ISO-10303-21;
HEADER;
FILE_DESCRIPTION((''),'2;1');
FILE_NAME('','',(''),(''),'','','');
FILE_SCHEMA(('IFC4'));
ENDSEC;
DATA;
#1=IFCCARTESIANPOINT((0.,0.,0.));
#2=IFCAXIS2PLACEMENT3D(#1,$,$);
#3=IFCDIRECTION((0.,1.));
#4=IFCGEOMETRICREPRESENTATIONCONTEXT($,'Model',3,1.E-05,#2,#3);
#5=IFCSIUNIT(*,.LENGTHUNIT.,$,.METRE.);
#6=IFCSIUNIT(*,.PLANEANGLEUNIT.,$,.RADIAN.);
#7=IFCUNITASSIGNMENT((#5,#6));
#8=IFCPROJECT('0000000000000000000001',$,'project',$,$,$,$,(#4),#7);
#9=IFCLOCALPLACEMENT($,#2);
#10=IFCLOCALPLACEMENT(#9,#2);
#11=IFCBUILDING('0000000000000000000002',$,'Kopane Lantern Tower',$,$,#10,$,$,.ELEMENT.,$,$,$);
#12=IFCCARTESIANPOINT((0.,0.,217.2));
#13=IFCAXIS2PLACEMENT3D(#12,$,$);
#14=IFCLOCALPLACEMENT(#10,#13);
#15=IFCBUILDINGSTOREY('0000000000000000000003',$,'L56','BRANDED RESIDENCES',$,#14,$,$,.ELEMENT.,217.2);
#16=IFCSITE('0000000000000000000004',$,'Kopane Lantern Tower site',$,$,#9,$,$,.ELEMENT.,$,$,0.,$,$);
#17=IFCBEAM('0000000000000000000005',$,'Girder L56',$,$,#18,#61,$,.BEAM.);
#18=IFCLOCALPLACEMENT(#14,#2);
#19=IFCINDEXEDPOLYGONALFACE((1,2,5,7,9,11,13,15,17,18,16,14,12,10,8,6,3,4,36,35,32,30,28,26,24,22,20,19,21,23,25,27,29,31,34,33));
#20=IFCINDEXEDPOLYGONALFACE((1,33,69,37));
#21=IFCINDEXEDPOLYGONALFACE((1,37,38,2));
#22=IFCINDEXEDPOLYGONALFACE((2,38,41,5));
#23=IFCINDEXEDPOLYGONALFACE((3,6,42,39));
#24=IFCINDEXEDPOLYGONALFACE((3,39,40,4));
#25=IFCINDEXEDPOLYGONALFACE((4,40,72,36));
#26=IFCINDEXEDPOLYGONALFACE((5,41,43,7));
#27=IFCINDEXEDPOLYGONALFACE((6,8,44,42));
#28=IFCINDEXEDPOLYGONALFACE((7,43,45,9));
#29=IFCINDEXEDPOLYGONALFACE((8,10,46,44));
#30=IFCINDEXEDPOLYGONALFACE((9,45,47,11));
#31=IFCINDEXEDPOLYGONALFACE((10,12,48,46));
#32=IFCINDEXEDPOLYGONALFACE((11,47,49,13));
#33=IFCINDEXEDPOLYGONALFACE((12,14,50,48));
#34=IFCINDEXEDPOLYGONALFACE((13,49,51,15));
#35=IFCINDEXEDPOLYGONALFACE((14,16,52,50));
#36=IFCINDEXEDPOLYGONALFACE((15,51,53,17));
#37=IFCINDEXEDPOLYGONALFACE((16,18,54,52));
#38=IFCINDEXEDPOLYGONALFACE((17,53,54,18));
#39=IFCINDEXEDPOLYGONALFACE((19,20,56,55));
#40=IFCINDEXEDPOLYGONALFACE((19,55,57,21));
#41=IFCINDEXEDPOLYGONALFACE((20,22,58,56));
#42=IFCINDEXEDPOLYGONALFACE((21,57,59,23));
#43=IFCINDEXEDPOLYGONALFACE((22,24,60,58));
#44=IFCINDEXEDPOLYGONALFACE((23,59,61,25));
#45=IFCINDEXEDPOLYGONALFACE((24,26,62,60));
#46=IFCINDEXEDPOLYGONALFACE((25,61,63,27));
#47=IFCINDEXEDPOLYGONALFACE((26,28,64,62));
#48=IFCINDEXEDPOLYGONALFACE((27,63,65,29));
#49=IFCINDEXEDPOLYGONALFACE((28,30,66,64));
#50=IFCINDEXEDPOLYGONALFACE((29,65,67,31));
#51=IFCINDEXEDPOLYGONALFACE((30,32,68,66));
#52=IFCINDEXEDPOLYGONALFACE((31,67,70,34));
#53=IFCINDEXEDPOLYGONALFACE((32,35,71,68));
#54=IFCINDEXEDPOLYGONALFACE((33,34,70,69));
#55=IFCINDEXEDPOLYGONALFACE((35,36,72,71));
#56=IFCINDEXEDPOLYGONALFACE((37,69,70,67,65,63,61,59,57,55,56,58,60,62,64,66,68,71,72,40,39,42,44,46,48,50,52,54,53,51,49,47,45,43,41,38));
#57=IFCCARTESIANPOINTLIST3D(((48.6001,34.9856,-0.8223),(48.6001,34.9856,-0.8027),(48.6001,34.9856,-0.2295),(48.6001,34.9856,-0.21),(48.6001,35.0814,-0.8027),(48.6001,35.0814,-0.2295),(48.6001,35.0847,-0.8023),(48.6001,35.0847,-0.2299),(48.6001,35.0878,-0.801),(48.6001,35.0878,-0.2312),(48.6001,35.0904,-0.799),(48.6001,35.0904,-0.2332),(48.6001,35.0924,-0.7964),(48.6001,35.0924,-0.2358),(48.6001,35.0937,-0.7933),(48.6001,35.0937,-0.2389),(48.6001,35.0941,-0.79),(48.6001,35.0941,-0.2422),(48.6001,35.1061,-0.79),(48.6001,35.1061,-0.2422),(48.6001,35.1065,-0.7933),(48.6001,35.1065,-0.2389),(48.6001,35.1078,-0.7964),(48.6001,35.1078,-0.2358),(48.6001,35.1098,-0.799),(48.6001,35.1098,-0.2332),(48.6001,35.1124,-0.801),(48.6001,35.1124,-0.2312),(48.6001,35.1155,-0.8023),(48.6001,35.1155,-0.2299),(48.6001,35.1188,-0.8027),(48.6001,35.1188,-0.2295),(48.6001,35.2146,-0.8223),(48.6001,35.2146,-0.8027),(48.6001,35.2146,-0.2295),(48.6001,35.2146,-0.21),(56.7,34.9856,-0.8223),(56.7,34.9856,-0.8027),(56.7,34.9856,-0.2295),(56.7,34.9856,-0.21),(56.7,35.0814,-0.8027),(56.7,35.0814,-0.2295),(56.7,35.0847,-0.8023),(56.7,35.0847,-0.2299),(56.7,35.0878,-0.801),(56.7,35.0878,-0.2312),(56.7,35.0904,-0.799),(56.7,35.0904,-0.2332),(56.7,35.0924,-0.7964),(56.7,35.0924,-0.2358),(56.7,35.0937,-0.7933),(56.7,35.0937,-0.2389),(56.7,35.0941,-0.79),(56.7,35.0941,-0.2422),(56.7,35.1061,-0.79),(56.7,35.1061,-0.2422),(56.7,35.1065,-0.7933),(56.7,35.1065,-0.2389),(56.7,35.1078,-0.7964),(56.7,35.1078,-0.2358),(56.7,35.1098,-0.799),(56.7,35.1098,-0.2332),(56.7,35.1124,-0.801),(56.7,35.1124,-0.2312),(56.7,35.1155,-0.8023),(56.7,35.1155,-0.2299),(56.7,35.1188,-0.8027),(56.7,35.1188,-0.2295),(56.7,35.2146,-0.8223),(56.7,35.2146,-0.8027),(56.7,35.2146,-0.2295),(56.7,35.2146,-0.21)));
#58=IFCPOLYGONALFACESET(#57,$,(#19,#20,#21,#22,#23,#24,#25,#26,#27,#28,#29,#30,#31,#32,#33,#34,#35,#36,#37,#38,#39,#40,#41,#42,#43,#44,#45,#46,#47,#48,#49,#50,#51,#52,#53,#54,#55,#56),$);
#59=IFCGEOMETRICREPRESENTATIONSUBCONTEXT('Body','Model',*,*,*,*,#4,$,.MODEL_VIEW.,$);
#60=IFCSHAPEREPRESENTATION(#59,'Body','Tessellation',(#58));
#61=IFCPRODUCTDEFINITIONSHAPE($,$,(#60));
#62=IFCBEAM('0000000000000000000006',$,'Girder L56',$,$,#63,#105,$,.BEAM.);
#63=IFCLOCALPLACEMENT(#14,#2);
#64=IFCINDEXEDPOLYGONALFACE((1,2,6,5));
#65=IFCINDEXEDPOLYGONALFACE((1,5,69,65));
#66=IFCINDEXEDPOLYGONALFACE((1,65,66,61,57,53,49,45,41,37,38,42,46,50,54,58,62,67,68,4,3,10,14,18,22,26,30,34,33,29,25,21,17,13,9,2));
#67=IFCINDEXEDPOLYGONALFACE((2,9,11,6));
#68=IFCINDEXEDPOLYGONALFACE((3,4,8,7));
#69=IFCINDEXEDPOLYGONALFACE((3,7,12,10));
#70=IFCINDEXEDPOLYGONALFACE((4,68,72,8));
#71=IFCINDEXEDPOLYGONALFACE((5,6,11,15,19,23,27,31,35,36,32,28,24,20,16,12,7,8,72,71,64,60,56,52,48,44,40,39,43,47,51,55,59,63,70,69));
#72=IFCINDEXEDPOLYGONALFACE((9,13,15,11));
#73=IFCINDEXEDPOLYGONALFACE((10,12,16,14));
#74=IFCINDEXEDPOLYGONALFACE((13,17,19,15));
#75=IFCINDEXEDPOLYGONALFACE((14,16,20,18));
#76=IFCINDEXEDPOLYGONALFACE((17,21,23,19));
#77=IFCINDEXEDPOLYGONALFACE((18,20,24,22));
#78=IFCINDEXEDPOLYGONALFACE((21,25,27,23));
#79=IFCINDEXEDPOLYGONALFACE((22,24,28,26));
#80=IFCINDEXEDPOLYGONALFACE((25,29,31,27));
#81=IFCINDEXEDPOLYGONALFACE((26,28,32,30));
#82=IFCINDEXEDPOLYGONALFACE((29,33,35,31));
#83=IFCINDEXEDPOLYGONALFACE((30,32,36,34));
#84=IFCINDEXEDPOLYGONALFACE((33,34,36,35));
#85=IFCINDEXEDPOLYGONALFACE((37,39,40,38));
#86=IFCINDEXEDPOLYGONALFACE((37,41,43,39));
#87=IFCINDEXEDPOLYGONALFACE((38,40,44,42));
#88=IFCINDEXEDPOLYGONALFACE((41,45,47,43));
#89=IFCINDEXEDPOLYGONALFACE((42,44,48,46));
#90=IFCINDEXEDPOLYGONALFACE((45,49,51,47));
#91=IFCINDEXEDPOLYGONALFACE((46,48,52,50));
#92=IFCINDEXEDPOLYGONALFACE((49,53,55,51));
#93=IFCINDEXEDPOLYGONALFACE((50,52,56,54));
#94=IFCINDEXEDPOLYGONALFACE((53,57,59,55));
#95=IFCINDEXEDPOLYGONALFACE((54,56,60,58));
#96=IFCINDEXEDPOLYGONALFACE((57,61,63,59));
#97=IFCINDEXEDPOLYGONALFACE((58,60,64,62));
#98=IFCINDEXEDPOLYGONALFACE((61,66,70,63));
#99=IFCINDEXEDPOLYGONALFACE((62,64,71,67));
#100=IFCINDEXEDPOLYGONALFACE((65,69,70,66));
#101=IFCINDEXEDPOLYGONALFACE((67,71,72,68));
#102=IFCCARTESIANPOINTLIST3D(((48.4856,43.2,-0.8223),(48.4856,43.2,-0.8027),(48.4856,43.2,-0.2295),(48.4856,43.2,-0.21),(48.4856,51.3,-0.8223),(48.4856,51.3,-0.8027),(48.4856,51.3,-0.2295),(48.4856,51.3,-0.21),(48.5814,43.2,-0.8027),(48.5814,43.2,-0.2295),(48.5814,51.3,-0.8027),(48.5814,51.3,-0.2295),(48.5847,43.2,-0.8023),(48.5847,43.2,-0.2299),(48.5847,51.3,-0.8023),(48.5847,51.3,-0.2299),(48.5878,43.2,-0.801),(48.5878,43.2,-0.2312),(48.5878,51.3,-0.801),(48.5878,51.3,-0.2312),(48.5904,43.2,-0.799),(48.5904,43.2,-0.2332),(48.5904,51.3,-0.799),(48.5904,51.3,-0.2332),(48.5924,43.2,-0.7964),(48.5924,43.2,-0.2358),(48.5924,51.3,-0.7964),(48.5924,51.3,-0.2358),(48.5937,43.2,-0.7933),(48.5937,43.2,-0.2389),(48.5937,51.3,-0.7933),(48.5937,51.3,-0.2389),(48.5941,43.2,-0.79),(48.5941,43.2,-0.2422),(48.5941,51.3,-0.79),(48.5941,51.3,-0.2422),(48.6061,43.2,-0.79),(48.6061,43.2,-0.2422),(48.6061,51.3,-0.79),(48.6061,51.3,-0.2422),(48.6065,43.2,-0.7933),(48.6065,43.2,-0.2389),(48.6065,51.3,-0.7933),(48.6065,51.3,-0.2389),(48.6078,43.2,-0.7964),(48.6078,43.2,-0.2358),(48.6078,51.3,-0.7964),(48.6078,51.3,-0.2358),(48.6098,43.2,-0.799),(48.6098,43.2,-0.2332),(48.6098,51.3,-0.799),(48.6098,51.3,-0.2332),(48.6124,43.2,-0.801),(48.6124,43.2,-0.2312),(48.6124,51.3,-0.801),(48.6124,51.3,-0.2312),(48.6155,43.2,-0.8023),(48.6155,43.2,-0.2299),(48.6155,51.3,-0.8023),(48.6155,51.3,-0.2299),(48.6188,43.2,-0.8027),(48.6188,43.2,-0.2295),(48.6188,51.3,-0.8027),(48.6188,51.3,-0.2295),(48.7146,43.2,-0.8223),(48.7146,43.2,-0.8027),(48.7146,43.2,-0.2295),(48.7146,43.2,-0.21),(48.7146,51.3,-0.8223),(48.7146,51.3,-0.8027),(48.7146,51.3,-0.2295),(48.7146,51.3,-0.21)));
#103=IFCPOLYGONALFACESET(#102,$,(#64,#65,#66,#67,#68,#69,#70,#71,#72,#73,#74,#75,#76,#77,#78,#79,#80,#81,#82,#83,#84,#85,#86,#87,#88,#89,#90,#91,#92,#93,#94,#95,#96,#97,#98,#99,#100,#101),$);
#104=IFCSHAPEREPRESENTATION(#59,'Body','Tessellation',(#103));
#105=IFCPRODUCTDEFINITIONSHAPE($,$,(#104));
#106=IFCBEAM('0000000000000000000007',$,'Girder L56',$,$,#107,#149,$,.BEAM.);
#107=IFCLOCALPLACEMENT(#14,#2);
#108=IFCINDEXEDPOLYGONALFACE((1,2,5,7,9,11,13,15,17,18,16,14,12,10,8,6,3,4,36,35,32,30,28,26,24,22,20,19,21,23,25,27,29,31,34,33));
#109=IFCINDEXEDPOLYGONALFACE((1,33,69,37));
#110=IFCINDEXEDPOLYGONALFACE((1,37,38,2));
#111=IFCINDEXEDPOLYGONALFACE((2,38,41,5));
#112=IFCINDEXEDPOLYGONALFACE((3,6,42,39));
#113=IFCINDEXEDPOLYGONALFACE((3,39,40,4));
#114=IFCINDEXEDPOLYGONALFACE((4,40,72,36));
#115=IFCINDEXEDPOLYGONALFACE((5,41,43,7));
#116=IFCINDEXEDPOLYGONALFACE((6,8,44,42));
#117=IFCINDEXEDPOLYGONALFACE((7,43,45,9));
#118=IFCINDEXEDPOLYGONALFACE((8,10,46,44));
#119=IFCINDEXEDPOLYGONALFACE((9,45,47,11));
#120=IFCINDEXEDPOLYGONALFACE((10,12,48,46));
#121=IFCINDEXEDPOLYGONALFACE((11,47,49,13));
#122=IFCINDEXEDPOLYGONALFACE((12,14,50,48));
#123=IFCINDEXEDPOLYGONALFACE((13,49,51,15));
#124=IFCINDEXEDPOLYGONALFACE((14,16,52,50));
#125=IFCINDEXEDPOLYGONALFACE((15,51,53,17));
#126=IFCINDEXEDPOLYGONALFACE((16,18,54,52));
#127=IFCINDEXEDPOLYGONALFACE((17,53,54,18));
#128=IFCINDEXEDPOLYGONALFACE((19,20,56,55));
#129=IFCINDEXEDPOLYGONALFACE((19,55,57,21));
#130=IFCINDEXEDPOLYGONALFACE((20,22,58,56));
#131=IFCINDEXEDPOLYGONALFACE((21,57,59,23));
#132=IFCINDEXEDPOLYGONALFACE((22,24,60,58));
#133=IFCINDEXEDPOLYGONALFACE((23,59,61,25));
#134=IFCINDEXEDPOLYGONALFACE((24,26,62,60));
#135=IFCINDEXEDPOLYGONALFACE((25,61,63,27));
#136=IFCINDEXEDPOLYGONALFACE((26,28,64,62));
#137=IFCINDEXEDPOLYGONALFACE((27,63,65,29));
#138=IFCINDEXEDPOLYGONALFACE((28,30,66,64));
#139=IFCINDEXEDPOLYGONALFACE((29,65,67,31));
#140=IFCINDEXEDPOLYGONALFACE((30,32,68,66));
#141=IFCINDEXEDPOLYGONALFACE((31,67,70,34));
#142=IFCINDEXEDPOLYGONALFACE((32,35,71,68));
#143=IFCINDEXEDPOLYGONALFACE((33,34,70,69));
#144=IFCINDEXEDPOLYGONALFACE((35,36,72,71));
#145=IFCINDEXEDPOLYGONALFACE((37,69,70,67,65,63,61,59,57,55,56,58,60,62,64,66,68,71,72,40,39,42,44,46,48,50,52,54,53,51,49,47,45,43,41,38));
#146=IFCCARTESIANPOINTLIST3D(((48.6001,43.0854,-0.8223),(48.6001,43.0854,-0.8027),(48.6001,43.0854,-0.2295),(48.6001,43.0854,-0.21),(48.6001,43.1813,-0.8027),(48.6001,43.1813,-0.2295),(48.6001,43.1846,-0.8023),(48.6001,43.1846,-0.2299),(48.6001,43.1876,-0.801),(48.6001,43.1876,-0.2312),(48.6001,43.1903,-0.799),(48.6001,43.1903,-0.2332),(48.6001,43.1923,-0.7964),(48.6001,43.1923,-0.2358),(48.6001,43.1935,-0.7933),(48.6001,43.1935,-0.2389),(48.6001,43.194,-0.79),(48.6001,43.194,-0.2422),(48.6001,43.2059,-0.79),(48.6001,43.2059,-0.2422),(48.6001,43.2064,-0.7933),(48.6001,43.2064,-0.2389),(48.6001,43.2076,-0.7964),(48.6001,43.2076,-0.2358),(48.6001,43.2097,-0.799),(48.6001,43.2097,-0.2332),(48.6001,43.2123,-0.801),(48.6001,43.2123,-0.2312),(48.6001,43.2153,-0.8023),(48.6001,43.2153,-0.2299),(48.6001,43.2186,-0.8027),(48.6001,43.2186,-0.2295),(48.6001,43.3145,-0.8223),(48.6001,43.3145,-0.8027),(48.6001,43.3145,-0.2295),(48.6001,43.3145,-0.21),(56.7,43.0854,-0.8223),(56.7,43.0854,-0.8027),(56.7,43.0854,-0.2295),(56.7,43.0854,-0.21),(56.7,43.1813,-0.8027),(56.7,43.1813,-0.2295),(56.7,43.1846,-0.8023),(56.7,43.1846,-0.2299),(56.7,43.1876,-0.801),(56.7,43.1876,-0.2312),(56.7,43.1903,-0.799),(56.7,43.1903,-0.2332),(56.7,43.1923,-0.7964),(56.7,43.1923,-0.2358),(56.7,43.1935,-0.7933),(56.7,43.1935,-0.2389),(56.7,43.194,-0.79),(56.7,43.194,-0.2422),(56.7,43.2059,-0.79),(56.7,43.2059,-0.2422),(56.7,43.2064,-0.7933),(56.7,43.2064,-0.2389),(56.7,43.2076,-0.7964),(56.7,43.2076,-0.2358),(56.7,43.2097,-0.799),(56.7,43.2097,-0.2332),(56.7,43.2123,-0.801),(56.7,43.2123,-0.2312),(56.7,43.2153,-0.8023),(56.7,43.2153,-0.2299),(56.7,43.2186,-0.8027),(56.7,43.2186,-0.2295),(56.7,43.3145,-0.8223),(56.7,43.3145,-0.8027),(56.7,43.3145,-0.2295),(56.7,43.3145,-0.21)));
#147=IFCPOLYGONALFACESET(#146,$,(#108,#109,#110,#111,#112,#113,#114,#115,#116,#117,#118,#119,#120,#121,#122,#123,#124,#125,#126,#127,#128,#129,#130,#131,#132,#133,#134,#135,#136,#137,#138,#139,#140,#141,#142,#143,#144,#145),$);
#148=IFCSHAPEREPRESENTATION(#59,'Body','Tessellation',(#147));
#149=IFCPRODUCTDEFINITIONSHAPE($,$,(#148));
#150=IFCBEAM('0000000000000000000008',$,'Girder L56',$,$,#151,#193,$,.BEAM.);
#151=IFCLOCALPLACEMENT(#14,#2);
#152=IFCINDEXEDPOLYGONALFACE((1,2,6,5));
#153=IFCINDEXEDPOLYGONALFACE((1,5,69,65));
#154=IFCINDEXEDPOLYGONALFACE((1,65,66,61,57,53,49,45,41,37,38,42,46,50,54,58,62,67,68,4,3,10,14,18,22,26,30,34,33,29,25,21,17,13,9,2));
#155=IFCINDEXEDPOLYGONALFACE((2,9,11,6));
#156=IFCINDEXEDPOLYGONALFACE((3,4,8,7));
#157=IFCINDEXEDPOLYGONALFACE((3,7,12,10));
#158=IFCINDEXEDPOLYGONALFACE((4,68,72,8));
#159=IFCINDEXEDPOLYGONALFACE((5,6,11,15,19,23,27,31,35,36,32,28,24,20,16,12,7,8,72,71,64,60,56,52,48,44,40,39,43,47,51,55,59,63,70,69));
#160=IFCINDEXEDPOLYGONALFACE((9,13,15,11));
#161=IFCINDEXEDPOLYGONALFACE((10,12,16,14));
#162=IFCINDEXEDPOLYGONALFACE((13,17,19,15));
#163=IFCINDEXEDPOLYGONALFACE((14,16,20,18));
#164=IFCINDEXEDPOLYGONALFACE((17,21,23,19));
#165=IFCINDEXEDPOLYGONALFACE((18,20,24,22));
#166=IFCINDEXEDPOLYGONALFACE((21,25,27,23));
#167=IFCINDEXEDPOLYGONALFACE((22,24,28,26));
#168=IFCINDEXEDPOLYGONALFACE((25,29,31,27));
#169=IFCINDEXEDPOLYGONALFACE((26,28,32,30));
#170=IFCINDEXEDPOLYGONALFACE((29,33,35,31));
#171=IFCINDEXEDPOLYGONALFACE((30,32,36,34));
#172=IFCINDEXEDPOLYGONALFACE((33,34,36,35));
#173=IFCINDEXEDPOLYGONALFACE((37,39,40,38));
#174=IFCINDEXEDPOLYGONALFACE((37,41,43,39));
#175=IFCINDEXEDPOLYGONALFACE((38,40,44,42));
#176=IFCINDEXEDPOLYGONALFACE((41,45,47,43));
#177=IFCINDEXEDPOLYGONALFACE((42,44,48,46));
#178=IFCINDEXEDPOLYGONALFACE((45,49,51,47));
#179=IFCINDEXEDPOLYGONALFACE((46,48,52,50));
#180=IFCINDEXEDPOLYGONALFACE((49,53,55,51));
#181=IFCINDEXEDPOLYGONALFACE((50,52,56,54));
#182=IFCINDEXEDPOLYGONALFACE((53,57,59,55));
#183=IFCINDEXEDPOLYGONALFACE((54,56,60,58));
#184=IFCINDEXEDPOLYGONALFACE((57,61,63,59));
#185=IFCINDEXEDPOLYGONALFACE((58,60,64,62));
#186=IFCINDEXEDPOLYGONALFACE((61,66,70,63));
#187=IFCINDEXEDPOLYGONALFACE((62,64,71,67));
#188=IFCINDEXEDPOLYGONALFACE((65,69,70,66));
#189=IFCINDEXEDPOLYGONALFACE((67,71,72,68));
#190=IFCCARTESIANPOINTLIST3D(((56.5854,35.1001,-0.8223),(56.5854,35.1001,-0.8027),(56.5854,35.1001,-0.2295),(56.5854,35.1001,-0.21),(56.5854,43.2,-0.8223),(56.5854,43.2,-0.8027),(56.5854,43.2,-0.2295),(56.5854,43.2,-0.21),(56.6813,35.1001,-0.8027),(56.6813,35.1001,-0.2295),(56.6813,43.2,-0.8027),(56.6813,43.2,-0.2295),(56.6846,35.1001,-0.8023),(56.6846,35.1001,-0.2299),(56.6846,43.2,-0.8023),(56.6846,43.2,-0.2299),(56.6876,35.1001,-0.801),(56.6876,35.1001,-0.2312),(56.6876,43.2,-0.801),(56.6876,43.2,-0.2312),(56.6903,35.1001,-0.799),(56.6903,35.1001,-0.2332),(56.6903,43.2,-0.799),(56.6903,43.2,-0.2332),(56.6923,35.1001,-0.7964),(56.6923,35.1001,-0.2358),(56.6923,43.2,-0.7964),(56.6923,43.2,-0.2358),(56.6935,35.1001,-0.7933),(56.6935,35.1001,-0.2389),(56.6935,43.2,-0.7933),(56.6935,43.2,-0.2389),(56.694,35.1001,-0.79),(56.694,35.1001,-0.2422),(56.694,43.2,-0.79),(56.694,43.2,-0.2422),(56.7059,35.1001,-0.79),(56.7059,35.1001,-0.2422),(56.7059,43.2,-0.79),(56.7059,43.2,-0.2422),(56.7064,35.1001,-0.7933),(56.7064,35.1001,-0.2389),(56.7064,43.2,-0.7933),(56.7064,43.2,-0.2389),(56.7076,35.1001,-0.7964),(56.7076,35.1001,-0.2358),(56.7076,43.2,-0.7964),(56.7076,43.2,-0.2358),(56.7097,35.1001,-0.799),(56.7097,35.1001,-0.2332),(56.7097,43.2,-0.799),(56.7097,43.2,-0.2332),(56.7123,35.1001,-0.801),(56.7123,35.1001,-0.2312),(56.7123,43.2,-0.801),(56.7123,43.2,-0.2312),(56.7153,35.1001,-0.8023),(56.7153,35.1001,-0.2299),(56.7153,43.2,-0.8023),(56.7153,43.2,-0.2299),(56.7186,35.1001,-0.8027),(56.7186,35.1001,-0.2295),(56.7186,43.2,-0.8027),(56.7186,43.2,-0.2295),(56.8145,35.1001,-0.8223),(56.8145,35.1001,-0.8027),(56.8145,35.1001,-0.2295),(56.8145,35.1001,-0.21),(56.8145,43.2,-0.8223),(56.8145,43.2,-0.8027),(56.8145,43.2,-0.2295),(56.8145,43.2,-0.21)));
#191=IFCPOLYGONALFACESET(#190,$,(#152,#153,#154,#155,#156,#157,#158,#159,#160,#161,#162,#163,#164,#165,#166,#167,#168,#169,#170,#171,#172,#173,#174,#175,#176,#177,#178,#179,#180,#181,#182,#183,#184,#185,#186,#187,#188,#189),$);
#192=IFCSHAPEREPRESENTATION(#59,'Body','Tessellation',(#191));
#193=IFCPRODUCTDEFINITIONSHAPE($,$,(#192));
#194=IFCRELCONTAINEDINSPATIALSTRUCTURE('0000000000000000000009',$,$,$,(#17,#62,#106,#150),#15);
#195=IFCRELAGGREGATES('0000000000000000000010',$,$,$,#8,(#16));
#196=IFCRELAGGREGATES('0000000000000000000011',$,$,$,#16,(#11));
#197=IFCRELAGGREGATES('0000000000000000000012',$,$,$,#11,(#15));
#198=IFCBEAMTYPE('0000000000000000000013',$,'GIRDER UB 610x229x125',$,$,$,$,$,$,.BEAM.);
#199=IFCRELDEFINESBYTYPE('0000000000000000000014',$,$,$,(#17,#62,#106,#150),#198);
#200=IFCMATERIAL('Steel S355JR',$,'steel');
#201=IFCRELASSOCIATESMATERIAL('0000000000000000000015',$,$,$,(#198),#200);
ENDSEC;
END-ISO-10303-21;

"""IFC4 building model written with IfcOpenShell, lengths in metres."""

from ifc_helpers import new_model, si_unit, direction, frame, origin, origin_2d, place, context, subcontext, project, spatial, i_section, extrude, material, material_profile, profile_set, type_object, element, save


model = new_model("IFC4")

# Units and contexts
model_context = context("Model", 3, precision=1e-05, world=origin(), true_north=direction((0.0, 1.0)))
body_context = subcontext(model_context, "Body", "Model", "MODEL_VIEW")
ifc_project = project(units=[si_unit("LENGTHUNIT", "METRE"), si_unit("PLANEANGLEUNIT", "RADIAN")], contexts=[model_context])

# Site, building, storey
site_placement = place(None, origin())
site = spatial("IfcSite", under=ifc_project, at=site_placement, Name="Kopane Lantern Tower site", CompositionType="ELEMENT", RefElevation=0.0)
building_placement = place(site_placement, origin())
building = spatial("IfcBuilding", under=site, at=building_placement, Name="Kopane Lantern Tower", CompositionType="ELEMENT")
storey_placement = place(building_placement, frame((0.0, 0.0, 217.2)))
storey = spatial("IfcBuildingStorey", under=building, at=storey_placement, Name="L56", Description="BRANDED RESIDENCES", CompositionType="ELEMENT", Elevation=217.2)

# Beams
ifc_material_1 = material(Name="Steel S355JR", Category="steel")
ifc_material_profile_1 = material_profile(ifc_material_1, i_section(OverallWidth=0.229, OverallDepth=0.6123, WebThickness=0.012, FlangeThickness=0.0195, FilletRadius=0.0127, at=origin_2d()), Name="UB 610x229x125")
ifc_profile_set_1 = profile_set([ifc_material_profile_1], Name="Steel S355JR")
beam_type = type_object("IfcBeamType", Name="GIRDER UB 610x229x125", PredefinedType="BEAM", material=ifc_profile_set_1)
for number, where, z_axis, x_axis, name in (
    (1, (48.6001, 35.1001, -0.5161), (1.0, 0.0, 0.0), (0.0, 1.0, 0.0), "Girder L56"),
):
    element("IfcBeam", number, at=place(storey_placement, frame(where, z_axis=z_axis, x_axis=x_axis)), inside=storey, type_object=beam_type, Name=name, PredefinedType="BEAM", context=body_context, shape_type="SweptSolid", body=[
        extrude(i_section(OverallWidth=0.229, OverallDepth=0.6123, WebThickness=0.012, FlangeThickness=0.0195, FilletRadius=0.0127, at=origin_2d()), origin(), (0.0, 0.0, 1.0), 8.0999),
    ])
beam_placement = place(storey_placement, frame((48.6001, 43.2, -0.5161), z_axis=(0.0, 1.0, 0.0), x_axis=(-1.0, 0.0, 0.0)))
element("IfcBeam", 2, at=beam_placement, inside=storey, type_object=beam_type, Name="Girder L56", PredefinedType="BEAM", context=body_context, shape_type="SweptSolid", body=[
    extrude(i_section(OverallWidth=0.229, OverallDepth=0.6123, WebThickness=0.012, FlangeThickness=0.0195, FilletRadius=0.0127, at=origin_2d()), origin(), (0.0, 0.0, 1.0), 8.1001),
])
for number, where, z_axis, x_axis, name in (
    (3, (48.6001, 43.2, -0.5161), (1.0, 0.0, 0.0), (0.0, 1.0, 0.0), "Girder L56"),
    (4, (56.7, 35.1001, -0.5161), (0.0, 1.0, 0.0), (-1.0, 0.0, 0.0), "Girder L56"),
):
    element("IfcBeam", number, at=place(storey_placement, frame(where, z_axis=z_axis, x_axis=x_axis)), inside=storey, type_object=beam_type, Name=name, PredefinedType="BEAM", context=body_context, shape_type="SweptSolid", body=[
        extrude(i_section(OverallWidth=0.229, OverallDepth=0.6123, WebThickness=0.012, FlangeThickness=0.0195, FilletRadius=0.0127, at=origin_2d()), origin(), (0.0, 0.0, 1.0), 8.0999),
    ])

save(model, "model.ifc")
